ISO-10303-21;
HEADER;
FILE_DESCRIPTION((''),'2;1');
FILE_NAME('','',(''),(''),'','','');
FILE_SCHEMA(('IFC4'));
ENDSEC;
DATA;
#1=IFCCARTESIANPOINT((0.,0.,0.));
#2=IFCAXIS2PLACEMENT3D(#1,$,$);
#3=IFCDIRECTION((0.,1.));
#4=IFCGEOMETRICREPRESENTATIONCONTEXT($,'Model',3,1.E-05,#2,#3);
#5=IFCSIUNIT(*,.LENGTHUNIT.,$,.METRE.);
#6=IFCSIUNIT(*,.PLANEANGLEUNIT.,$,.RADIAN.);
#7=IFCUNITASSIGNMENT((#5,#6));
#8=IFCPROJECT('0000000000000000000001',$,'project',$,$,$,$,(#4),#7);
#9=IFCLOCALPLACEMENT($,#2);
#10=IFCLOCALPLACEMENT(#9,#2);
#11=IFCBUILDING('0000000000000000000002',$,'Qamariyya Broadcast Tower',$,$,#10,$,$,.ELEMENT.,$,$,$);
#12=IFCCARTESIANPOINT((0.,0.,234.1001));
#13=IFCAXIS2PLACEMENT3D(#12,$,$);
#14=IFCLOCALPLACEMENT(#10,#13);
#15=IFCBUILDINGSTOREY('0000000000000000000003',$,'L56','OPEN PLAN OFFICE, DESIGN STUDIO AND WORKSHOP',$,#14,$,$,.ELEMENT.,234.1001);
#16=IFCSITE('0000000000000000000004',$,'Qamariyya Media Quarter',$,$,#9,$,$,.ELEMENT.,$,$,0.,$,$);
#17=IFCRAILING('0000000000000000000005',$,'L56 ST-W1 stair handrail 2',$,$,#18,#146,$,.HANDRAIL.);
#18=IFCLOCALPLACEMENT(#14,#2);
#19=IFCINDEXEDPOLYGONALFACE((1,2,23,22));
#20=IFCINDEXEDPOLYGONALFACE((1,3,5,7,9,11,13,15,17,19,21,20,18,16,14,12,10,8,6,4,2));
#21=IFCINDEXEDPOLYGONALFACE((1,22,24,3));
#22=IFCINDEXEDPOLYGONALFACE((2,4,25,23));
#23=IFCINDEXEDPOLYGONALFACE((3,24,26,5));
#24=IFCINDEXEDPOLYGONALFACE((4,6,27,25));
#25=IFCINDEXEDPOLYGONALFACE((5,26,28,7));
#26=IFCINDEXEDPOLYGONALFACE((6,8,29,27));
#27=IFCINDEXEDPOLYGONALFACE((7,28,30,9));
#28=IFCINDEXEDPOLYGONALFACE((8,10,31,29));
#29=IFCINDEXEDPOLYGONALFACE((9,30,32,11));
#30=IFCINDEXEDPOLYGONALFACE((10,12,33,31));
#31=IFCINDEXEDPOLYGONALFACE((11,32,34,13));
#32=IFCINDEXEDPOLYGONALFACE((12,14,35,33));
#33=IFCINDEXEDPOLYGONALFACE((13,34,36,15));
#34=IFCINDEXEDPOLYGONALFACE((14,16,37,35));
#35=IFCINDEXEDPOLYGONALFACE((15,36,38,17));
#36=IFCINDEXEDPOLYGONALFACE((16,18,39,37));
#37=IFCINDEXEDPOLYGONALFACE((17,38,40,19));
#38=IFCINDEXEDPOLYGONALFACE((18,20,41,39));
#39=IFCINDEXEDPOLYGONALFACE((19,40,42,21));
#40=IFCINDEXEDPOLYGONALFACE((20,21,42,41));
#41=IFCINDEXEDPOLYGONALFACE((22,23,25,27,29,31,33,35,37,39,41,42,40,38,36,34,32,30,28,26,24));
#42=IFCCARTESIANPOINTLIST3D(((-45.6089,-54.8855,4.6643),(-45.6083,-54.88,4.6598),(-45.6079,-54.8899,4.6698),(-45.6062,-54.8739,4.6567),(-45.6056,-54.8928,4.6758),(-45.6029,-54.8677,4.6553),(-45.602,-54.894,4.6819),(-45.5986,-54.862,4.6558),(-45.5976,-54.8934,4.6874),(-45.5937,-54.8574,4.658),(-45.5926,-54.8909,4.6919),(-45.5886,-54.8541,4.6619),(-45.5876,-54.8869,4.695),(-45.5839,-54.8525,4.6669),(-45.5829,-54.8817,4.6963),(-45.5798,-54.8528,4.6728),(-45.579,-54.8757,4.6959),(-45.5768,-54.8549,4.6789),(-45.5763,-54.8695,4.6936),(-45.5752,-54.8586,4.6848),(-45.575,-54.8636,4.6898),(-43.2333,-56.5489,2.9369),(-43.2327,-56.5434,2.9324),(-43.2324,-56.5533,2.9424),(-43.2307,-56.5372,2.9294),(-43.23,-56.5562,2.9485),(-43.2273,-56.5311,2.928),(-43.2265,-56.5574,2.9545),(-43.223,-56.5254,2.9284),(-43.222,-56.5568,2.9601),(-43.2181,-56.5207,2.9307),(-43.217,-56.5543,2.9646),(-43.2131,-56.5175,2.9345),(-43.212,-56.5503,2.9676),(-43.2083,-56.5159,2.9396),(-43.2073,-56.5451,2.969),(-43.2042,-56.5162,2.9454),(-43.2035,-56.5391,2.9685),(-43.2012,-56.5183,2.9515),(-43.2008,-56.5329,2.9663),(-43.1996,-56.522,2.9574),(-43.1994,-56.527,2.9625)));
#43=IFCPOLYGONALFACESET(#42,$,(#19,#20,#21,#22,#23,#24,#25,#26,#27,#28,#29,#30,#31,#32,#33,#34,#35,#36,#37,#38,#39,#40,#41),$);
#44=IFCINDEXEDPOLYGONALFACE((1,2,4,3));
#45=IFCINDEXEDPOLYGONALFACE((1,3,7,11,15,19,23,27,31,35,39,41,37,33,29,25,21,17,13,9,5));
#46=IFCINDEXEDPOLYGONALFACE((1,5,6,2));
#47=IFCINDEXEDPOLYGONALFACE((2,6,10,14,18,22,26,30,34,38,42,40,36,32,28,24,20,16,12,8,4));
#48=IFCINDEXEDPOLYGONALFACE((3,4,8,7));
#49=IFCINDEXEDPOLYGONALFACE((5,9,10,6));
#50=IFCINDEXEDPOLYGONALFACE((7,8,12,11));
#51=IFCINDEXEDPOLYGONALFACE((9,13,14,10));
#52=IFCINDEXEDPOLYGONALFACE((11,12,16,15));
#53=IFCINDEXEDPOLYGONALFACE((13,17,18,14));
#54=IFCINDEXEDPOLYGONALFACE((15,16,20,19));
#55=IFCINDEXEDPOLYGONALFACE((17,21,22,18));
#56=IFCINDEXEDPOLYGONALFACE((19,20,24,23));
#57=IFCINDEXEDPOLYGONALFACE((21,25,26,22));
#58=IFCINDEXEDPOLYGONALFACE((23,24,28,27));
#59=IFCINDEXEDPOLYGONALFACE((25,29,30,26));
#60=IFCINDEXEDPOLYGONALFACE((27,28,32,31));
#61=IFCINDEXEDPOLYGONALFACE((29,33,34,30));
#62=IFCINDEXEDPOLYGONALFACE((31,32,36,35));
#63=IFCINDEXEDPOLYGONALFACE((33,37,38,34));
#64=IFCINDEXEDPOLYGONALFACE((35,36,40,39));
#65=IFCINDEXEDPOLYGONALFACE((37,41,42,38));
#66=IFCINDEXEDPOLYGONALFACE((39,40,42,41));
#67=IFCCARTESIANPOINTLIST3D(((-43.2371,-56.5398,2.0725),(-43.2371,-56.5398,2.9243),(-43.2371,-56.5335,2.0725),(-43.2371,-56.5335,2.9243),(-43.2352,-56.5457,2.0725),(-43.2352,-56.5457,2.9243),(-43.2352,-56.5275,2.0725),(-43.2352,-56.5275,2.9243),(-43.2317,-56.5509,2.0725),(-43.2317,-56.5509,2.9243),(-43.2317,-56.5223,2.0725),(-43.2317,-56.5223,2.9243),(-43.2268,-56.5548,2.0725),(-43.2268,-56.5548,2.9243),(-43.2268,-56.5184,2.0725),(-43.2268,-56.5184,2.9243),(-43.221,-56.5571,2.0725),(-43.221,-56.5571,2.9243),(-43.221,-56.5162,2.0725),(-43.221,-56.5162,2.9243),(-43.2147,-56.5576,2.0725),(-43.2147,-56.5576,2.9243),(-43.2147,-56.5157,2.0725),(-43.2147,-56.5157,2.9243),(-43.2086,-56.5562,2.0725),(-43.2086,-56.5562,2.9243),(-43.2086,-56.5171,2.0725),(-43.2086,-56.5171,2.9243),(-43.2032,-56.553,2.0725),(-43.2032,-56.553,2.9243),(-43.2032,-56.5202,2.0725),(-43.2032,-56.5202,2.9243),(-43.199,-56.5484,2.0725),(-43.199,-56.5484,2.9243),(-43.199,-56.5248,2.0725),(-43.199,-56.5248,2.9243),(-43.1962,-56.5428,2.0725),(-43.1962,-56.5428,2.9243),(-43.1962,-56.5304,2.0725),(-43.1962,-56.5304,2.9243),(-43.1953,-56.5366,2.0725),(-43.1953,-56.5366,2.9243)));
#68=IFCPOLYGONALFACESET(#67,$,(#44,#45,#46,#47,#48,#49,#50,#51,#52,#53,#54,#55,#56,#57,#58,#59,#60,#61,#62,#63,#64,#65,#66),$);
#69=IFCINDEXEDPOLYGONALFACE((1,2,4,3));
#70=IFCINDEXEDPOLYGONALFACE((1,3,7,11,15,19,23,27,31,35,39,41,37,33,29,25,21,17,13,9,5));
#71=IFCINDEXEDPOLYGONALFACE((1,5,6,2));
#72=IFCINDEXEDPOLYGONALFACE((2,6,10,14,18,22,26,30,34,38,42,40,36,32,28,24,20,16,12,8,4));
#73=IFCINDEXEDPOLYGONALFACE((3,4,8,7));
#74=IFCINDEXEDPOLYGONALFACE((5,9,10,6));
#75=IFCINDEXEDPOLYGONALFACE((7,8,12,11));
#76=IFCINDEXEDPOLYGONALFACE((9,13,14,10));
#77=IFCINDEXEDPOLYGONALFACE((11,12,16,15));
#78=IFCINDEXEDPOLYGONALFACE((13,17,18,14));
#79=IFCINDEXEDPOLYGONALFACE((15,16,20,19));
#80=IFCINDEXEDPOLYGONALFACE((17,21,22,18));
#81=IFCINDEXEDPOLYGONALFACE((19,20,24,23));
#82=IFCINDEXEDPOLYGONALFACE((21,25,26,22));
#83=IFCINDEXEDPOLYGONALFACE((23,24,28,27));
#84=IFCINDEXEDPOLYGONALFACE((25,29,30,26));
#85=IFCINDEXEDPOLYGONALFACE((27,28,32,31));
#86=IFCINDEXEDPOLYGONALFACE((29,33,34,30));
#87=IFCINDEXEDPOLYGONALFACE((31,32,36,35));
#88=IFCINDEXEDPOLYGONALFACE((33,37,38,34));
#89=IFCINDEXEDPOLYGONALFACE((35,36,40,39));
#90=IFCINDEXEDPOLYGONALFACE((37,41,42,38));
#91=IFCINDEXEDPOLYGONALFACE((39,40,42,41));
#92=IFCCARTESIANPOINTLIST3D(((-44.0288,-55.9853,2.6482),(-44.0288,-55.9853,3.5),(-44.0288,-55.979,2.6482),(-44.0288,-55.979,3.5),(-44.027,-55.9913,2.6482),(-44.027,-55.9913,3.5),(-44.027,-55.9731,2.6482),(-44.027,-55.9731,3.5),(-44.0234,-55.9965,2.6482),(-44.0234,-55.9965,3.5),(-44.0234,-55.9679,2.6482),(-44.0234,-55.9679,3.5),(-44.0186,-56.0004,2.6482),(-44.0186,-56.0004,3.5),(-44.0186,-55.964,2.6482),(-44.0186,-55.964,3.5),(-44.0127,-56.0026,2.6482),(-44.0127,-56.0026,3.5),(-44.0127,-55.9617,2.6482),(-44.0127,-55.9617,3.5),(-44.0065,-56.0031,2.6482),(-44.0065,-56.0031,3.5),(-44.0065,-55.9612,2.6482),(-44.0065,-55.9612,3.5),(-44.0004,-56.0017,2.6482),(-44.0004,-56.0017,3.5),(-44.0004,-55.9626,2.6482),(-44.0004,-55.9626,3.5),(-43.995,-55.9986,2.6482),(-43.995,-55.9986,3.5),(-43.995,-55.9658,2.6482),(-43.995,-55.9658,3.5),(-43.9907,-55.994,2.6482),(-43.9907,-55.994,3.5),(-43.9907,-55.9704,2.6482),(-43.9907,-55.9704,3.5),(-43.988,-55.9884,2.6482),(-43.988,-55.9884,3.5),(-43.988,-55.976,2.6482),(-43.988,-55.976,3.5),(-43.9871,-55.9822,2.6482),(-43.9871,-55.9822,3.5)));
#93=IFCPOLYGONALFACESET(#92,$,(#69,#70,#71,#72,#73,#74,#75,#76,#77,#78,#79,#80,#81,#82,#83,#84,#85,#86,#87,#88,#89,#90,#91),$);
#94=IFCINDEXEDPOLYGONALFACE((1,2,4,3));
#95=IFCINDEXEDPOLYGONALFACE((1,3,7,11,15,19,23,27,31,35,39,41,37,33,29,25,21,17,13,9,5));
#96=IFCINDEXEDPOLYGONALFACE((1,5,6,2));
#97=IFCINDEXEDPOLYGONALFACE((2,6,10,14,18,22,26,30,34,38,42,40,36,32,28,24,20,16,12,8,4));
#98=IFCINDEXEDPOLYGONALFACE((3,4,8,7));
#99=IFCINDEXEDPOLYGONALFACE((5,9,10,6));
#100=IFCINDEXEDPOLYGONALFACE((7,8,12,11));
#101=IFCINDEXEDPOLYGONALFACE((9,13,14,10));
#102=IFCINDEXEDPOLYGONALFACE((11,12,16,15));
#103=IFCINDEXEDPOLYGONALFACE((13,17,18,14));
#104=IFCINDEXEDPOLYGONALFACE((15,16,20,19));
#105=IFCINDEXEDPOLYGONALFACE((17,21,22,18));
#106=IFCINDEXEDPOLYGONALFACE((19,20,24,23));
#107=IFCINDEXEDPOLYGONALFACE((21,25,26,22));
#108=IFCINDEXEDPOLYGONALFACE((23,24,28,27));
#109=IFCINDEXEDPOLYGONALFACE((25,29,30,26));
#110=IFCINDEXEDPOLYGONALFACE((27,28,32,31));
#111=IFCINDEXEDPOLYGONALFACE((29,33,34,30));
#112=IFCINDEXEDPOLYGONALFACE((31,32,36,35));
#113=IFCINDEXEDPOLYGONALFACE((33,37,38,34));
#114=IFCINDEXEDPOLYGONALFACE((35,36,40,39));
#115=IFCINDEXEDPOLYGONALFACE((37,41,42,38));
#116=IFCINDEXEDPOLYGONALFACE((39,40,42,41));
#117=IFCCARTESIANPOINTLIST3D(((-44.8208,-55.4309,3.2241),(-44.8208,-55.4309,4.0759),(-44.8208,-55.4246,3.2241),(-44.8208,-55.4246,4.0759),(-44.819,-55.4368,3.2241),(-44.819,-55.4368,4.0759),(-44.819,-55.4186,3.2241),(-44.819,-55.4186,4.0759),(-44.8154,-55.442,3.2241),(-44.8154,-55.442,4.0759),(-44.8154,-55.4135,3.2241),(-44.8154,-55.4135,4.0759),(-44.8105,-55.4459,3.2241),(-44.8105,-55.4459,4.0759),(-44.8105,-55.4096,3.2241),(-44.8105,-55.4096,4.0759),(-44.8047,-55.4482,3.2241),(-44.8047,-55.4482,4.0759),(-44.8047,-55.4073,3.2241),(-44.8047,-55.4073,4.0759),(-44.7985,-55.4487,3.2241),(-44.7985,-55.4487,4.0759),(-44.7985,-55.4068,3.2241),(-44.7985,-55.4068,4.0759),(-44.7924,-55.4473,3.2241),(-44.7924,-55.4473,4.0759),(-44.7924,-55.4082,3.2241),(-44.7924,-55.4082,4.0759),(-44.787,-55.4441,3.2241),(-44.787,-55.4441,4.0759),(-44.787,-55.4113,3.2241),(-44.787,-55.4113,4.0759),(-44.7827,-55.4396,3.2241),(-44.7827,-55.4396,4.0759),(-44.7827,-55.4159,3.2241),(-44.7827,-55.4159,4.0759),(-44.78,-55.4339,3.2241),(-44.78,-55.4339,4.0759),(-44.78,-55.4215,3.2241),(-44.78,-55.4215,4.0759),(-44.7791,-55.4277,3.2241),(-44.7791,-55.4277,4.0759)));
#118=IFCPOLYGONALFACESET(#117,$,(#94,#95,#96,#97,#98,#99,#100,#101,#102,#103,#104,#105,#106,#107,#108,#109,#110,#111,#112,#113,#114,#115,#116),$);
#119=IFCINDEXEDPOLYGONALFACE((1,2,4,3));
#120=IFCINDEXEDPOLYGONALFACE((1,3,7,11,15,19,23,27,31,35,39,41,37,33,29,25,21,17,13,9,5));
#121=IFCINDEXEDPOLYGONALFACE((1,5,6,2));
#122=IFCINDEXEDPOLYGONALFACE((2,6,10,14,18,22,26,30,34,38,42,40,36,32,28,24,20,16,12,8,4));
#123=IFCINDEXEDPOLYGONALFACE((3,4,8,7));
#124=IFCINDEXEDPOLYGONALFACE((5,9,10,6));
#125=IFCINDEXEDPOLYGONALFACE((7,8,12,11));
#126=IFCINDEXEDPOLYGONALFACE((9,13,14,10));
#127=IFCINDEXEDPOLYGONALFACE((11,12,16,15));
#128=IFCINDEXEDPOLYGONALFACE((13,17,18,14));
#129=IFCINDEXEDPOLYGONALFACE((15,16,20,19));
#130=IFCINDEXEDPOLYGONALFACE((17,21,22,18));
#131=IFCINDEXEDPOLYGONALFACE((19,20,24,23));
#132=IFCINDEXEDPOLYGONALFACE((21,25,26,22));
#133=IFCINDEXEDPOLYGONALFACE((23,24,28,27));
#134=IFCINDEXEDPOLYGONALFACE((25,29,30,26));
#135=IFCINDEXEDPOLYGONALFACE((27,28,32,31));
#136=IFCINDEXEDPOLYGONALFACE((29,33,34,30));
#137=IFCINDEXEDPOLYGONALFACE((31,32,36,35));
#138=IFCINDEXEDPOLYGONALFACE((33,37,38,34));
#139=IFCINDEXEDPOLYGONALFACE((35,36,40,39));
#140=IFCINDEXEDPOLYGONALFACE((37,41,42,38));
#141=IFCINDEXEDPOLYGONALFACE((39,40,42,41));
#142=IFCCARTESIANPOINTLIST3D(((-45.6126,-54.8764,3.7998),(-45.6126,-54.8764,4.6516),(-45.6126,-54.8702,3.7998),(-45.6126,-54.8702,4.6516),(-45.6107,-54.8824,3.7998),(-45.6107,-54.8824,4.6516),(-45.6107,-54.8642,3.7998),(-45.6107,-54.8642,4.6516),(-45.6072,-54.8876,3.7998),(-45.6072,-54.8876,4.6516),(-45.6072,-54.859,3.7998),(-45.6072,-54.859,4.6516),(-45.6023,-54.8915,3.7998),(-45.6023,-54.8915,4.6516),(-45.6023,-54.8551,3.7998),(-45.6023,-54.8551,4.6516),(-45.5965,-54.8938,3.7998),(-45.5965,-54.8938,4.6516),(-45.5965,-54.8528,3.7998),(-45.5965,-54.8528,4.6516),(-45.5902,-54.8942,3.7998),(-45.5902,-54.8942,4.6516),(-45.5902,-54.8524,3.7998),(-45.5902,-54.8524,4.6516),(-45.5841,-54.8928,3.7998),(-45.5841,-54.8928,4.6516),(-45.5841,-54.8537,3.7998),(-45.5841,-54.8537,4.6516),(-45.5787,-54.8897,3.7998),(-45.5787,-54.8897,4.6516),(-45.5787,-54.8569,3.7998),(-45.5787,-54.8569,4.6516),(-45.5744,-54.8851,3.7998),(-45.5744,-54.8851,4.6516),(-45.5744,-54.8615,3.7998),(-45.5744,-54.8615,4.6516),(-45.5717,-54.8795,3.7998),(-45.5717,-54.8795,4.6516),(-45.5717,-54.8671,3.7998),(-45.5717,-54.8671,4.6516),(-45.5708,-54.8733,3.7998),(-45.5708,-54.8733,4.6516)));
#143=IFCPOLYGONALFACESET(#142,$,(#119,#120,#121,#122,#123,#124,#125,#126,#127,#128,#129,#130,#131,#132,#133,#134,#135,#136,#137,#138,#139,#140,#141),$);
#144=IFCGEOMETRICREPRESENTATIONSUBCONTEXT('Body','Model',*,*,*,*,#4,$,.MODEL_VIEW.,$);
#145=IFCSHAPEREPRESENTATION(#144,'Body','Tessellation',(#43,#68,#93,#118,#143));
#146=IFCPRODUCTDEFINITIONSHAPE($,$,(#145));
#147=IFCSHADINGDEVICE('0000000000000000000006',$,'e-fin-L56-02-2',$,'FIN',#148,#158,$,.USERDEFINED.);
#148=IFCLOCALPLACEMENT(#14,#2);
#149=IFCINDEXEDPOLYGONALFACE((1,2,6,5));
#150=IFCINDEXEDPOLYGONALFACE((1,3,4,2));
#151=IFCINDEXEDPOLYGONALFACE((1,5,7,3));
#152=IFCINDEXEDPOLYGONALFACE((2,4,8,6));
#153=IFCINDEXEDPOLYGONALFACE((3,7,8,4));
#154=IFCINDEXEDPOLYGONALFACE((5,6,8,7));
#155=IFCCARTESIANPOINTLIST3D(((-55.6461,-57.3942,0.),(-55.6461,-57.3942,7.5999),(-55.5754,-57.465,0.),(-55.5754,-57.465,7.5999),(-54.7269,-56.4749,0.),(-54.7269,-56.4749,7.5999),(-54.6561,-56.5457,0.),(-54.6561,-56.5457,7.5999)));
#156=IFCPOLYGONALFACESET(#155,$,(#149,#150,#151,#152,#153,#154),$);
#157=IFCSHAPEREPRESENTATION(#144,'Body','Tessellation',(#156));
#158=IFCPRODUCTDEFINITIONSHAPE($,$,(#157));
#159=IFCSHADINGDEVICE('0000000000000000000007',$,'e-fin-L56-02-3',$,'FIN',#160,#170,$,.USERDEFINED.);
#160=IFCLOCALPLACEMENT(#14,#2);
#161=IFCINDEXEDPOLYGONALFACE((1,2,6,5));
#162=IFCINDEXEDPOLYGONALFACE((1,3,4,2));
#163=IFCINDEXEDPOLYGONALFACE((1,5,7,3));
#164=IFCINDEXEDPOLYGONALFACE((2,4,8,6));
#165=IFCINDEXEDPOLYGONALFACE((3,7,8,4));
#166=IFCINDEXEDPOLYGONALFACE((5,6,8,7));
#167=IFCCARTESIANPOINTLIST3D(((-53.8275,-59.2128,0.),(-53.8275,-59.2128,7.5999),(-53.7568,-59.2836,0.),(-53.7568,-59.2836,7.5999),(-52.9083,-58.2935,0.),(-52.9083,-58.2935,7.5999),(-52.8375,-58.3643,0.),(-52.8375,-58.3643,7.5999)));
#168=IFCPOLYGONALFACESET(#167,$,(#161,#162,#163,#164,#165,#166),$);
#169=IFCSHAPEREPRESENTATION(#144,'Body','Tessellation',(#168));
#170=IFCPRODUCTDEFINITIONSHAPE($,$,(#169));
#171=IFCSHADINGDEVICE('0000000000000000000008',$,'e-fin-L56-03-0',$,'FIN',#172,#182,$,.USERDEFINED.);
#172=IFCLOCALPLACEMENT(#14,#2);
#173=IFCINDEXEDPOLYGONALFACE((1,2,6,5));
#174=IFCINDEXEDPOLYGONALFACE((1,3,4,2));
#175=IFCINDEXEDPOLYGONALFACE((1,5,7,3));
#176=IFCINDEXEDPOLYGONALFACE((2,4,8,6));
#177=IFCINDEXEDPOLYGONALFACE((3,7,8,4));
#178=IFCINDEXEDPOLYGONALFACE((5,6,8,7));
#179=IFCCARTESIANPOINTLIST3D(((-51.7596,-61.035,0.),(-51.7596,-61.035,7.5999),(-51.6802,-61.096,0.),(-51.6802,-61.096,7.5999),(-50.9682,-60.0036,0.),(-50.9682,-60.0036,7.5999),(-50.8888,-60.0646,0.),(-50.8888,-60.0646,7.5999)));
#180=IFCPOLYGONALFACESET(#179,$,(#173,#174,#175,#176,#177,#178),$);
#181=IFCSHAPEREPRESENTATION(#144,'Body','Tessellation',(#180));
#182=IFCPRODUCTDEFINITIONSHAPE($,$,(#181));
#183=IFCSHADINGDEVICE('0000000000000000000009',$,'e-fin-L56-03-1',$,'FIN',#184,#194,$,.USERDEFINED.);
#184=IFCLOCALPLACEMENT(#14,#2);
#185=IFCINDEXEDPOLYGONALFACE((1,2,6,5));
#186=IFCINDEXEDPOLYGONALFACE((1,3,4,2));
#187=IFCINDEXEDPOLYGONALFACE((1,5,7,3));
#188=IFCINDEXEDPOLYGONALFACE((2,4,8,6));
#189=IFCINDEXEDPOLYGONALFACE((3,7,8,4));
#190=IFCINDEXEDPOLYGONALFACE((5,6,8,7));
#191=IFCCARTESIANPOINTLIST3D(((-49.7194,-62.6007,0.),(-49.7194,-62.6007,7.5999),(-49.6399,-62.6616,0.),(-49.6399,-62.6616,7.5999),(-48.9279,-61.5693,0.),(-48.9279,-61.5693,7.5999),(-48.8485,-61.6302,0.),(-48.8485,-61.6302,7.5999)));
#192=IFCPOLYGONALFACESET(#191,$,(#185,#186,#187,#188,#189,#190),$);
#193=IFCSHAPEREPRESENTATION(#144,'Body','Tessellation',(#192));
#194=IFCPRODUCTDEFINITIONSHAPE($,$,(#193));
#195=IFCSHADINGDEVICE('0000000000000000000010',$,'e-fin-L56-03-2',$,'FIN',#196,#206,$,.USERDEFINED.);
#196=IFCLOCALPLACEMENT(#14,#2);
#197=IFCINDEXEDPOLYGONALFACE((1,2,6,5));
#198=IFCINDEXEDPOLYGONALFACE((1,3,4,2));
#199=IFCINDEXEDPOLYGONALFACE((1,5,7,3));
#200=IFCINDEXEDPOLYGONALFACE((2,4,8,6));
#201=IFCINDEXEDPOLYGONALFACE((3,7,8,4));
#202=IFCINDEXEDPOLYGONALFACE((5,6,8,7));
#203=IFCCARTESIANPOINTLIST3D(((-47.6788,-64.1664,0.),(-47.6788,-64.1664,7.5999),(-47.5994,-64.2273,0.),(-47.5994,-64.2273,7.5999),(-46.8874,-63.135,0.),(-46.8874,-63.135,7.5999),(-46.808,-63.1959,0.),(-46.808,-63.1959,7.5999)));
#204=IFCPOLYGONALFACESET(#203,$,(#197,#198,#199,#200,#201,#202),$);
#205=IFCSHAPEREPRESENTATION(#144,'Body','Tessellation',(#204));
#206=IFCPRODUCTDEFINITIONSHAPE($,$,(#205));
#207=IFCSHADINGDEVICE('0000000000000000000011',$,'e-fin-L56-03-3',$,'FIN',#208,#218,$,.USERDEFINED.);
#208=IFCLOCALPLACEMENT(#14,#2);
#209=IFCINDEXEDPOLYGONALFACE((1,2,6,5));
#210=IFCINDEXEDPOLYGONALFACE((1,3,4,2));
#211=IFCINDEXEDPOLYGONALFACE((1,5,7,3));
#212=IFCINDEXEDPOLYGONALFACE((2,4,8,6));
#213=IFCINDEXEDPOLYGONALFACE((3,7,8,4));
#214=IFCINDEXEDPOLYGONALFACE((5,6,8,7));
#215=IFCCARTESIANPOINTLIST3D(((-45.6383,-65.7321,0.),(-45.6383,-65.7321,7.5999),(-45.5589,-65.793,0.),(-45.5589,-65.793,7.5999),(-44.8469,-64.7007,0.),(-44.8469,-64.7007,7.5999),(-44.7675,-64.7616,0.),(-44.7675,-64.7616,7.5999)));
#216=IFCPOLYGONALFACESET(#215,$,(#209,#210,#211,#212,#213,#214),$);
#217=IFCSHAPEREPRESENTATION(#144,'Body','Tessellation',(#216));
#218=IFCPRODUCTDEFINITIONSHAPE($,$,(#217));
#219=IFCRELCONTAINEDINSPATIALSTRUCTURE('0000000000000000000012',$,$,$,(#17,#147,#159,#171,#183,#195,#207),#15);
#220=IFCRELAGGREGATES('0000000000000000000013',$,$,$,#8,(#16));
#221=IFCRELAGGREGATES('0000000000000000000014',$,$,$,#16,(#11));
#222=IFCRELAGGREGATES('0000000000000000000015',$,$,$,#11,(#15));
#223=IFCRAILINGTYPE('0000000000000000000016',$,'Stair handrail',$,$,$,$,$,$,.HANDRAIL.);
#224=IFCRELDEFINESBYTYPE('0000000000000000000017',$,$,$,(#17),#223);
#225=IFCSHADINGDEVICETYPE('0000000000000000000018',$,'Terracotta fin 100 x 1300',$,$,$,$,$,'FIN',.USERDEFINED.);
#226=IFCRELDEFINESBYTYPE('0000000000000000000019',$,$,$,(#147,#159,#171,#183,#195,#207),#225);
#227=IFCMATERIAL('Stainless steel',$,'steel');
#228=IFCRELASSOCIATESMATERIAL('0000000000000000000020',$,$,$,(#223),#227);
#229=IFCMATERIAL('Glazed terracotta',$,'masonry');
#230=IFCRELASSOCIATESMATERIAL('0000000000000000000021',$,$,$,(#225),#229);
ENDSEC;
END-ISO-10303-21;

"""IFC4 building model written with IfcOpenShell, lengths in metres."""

from ifc_helpers import new_model, si_unit, direction, frame, origin, origin_2d, place, context, subcontext, project, spatial, rectangle, circle, extrude, material, material_profile, profile_set, type_object, element, save


model = new_model("IFC4")

# Units and contexts
model_context = context("Model", 3, precision=1e-05, world=origin(), true_north=direction((0.0, 1.0)))
body_context = subcontext(model_context, "Body", "Model", "MODEL_VIEW")
ifc_project = project(units=[si_unit("LENGTHUNIT", "METRE"), si_unit("PLANEANGLEUNIT", "RADIAN")], contexts=[model_context])

# Site, building, storey
site_placement = place(None, origin())
site = spatial("IfcSite", under=ifc_project, at=site_placement, Name="Qamariyya Media Quarter", CompositionType="ELEMENT", RefElevation=0.0)
building_placement = place(site_placement, origin())
building = spatial("IfcBuilding", under=site, at=building_placement, Name="Qamariyya Broadcast Tower", CompositionType="ELEMENT")
storey_placement = place(building_placement, frame((0.0, 0.0, 234.1001)))
storey = spatial("IfcBuildingStorey", under=building, at=storey_placement, Name="L56", Description="OPEN PLAN OFFICE, DESIGN STUDIO AND WORKSHOP", CompositionType="ELEMENT", Elevation=234.1001)

# Railing
ifc_material_1 = material(Name="Stainless steel", Category="steel")
railing_type_1 = type_object("IfcRailingType", Name="Stair handrail", PredefinedType="HANDRAIL", material=ifc_material_1)
railing_1_placement = place(storey_placement, frame((-43.2163, -56.5366, 2.0725)))
element("IfcRailing", 1, at=railing_1_placement, inside=storey, type_object=railing_type_1, Name="L56 ST-W1 stair handrail 2", PredefinedType="HANDRAIL", context=body_context, shape_type="SweptSolid", body=[
    extrude(circle(Radius=0.0239, at=origin_2d()), frame((0.0, 0.0, 0.876), z_axis=(-0.70377, 0.492784, 0.511734), x_axis=(-0.573575, -0.819153, 0.0)), (0.0, 0.0, 1.0), 3.3755),
    extrude(circle(Radius=0.021, at=origin_2d()), origin(), (0.0, 0.0, 1.0), 0.8518),
    extrude(circle(Radius=0.021, at=origin_2d()), frame((-0.7917, 0.5544, 0.5757)), (0.0, 0.0, 1.0), 0.8518),
    extrude(circle(Radius=0.021, at=origin_2d()), frame((-1.5837, 1.1089, 1.1516)), (0.0, 0.0, 1.0), 0.8518),
    extrude(circle(Radius=0.021, at=origin_2d()), frame((-2.3755, 1.6633, 1.7273)), (0.0, 0.0, 1.0), 0.8518),
])

# Shading devices
ifc_material_2 = material(Name="Glazed terracotta", Category="masonry")
ifc_material_profile_1 = material_profile(ifc_material_2, rectangle(XDim=1.3, YDim=0.1001, at=origin_2d()))
ifc_profile_set_1 = profile_set([ifc_material_profile_1], Name="Glazed terracotta")
shading_device_type_1 = type_object("IfcShadingDeviceType", Name="Terracotta fin 100 x 1300", ElementType="FIN", PredefinedType="USERDEFINED", material=ifc_profile_set_1)
for number, where, z_axis, x_axis, name in (
    (2, (-55.1511, -56.97, 0.0), (0.0, 0.0, 1.0), (-0.707107, -0.707107, 0.0), "e-fin-L56-02-2"),
    (3, (-53.3325, -58.7886, 0.0), (0.0, 0.0, 1.0), (-0.707107, -0.707107, 0.0), "e-fin-L56-02-3"),
    (4, (-51.3242, -60.5498, 0.0), (0.0, 0.0, 1.0), (-0.608761, -0.793353, 0.0), "e-fin-L56-03-0"),
    (5, (-49.2839, -62.1155, 0.0), (0.0, 0.0, 1.0), (-0.608761, -0.793353, 0.0), "e-fin-L56-03-1"),
    (6, (-47.2434, -63.6812, 0.0), (0.0, 0.0, 1.0), (-0.608761, -0.793353, 0.0), "e-fin-L56-03-2"),
    (7, (-45.2029, -65.2468, 0.0), (0.0, 0.0, 1.0), (-0.608761, -0.793353, 0.0), "e-fin-L56-03-3"),
):
    element("IfcShadingDevice", number, at=place(storey_placement, frame(where, z_axis=z_axis, x_axis=x_axis)), inside=storey, type_object=shading_device_type_1, Name=name, ObjectType="FIN", PredefinedType="USERDEFINED", context=body_context, shape_type="SweptSolid", body=[
        extrude(rectangle(XDim=1.3, YDim=0.1001, at=origin_2d()), origin(), (0.0, 0.0, 1.0), 7.5999),
    ])

save(model, "model.ifc")
